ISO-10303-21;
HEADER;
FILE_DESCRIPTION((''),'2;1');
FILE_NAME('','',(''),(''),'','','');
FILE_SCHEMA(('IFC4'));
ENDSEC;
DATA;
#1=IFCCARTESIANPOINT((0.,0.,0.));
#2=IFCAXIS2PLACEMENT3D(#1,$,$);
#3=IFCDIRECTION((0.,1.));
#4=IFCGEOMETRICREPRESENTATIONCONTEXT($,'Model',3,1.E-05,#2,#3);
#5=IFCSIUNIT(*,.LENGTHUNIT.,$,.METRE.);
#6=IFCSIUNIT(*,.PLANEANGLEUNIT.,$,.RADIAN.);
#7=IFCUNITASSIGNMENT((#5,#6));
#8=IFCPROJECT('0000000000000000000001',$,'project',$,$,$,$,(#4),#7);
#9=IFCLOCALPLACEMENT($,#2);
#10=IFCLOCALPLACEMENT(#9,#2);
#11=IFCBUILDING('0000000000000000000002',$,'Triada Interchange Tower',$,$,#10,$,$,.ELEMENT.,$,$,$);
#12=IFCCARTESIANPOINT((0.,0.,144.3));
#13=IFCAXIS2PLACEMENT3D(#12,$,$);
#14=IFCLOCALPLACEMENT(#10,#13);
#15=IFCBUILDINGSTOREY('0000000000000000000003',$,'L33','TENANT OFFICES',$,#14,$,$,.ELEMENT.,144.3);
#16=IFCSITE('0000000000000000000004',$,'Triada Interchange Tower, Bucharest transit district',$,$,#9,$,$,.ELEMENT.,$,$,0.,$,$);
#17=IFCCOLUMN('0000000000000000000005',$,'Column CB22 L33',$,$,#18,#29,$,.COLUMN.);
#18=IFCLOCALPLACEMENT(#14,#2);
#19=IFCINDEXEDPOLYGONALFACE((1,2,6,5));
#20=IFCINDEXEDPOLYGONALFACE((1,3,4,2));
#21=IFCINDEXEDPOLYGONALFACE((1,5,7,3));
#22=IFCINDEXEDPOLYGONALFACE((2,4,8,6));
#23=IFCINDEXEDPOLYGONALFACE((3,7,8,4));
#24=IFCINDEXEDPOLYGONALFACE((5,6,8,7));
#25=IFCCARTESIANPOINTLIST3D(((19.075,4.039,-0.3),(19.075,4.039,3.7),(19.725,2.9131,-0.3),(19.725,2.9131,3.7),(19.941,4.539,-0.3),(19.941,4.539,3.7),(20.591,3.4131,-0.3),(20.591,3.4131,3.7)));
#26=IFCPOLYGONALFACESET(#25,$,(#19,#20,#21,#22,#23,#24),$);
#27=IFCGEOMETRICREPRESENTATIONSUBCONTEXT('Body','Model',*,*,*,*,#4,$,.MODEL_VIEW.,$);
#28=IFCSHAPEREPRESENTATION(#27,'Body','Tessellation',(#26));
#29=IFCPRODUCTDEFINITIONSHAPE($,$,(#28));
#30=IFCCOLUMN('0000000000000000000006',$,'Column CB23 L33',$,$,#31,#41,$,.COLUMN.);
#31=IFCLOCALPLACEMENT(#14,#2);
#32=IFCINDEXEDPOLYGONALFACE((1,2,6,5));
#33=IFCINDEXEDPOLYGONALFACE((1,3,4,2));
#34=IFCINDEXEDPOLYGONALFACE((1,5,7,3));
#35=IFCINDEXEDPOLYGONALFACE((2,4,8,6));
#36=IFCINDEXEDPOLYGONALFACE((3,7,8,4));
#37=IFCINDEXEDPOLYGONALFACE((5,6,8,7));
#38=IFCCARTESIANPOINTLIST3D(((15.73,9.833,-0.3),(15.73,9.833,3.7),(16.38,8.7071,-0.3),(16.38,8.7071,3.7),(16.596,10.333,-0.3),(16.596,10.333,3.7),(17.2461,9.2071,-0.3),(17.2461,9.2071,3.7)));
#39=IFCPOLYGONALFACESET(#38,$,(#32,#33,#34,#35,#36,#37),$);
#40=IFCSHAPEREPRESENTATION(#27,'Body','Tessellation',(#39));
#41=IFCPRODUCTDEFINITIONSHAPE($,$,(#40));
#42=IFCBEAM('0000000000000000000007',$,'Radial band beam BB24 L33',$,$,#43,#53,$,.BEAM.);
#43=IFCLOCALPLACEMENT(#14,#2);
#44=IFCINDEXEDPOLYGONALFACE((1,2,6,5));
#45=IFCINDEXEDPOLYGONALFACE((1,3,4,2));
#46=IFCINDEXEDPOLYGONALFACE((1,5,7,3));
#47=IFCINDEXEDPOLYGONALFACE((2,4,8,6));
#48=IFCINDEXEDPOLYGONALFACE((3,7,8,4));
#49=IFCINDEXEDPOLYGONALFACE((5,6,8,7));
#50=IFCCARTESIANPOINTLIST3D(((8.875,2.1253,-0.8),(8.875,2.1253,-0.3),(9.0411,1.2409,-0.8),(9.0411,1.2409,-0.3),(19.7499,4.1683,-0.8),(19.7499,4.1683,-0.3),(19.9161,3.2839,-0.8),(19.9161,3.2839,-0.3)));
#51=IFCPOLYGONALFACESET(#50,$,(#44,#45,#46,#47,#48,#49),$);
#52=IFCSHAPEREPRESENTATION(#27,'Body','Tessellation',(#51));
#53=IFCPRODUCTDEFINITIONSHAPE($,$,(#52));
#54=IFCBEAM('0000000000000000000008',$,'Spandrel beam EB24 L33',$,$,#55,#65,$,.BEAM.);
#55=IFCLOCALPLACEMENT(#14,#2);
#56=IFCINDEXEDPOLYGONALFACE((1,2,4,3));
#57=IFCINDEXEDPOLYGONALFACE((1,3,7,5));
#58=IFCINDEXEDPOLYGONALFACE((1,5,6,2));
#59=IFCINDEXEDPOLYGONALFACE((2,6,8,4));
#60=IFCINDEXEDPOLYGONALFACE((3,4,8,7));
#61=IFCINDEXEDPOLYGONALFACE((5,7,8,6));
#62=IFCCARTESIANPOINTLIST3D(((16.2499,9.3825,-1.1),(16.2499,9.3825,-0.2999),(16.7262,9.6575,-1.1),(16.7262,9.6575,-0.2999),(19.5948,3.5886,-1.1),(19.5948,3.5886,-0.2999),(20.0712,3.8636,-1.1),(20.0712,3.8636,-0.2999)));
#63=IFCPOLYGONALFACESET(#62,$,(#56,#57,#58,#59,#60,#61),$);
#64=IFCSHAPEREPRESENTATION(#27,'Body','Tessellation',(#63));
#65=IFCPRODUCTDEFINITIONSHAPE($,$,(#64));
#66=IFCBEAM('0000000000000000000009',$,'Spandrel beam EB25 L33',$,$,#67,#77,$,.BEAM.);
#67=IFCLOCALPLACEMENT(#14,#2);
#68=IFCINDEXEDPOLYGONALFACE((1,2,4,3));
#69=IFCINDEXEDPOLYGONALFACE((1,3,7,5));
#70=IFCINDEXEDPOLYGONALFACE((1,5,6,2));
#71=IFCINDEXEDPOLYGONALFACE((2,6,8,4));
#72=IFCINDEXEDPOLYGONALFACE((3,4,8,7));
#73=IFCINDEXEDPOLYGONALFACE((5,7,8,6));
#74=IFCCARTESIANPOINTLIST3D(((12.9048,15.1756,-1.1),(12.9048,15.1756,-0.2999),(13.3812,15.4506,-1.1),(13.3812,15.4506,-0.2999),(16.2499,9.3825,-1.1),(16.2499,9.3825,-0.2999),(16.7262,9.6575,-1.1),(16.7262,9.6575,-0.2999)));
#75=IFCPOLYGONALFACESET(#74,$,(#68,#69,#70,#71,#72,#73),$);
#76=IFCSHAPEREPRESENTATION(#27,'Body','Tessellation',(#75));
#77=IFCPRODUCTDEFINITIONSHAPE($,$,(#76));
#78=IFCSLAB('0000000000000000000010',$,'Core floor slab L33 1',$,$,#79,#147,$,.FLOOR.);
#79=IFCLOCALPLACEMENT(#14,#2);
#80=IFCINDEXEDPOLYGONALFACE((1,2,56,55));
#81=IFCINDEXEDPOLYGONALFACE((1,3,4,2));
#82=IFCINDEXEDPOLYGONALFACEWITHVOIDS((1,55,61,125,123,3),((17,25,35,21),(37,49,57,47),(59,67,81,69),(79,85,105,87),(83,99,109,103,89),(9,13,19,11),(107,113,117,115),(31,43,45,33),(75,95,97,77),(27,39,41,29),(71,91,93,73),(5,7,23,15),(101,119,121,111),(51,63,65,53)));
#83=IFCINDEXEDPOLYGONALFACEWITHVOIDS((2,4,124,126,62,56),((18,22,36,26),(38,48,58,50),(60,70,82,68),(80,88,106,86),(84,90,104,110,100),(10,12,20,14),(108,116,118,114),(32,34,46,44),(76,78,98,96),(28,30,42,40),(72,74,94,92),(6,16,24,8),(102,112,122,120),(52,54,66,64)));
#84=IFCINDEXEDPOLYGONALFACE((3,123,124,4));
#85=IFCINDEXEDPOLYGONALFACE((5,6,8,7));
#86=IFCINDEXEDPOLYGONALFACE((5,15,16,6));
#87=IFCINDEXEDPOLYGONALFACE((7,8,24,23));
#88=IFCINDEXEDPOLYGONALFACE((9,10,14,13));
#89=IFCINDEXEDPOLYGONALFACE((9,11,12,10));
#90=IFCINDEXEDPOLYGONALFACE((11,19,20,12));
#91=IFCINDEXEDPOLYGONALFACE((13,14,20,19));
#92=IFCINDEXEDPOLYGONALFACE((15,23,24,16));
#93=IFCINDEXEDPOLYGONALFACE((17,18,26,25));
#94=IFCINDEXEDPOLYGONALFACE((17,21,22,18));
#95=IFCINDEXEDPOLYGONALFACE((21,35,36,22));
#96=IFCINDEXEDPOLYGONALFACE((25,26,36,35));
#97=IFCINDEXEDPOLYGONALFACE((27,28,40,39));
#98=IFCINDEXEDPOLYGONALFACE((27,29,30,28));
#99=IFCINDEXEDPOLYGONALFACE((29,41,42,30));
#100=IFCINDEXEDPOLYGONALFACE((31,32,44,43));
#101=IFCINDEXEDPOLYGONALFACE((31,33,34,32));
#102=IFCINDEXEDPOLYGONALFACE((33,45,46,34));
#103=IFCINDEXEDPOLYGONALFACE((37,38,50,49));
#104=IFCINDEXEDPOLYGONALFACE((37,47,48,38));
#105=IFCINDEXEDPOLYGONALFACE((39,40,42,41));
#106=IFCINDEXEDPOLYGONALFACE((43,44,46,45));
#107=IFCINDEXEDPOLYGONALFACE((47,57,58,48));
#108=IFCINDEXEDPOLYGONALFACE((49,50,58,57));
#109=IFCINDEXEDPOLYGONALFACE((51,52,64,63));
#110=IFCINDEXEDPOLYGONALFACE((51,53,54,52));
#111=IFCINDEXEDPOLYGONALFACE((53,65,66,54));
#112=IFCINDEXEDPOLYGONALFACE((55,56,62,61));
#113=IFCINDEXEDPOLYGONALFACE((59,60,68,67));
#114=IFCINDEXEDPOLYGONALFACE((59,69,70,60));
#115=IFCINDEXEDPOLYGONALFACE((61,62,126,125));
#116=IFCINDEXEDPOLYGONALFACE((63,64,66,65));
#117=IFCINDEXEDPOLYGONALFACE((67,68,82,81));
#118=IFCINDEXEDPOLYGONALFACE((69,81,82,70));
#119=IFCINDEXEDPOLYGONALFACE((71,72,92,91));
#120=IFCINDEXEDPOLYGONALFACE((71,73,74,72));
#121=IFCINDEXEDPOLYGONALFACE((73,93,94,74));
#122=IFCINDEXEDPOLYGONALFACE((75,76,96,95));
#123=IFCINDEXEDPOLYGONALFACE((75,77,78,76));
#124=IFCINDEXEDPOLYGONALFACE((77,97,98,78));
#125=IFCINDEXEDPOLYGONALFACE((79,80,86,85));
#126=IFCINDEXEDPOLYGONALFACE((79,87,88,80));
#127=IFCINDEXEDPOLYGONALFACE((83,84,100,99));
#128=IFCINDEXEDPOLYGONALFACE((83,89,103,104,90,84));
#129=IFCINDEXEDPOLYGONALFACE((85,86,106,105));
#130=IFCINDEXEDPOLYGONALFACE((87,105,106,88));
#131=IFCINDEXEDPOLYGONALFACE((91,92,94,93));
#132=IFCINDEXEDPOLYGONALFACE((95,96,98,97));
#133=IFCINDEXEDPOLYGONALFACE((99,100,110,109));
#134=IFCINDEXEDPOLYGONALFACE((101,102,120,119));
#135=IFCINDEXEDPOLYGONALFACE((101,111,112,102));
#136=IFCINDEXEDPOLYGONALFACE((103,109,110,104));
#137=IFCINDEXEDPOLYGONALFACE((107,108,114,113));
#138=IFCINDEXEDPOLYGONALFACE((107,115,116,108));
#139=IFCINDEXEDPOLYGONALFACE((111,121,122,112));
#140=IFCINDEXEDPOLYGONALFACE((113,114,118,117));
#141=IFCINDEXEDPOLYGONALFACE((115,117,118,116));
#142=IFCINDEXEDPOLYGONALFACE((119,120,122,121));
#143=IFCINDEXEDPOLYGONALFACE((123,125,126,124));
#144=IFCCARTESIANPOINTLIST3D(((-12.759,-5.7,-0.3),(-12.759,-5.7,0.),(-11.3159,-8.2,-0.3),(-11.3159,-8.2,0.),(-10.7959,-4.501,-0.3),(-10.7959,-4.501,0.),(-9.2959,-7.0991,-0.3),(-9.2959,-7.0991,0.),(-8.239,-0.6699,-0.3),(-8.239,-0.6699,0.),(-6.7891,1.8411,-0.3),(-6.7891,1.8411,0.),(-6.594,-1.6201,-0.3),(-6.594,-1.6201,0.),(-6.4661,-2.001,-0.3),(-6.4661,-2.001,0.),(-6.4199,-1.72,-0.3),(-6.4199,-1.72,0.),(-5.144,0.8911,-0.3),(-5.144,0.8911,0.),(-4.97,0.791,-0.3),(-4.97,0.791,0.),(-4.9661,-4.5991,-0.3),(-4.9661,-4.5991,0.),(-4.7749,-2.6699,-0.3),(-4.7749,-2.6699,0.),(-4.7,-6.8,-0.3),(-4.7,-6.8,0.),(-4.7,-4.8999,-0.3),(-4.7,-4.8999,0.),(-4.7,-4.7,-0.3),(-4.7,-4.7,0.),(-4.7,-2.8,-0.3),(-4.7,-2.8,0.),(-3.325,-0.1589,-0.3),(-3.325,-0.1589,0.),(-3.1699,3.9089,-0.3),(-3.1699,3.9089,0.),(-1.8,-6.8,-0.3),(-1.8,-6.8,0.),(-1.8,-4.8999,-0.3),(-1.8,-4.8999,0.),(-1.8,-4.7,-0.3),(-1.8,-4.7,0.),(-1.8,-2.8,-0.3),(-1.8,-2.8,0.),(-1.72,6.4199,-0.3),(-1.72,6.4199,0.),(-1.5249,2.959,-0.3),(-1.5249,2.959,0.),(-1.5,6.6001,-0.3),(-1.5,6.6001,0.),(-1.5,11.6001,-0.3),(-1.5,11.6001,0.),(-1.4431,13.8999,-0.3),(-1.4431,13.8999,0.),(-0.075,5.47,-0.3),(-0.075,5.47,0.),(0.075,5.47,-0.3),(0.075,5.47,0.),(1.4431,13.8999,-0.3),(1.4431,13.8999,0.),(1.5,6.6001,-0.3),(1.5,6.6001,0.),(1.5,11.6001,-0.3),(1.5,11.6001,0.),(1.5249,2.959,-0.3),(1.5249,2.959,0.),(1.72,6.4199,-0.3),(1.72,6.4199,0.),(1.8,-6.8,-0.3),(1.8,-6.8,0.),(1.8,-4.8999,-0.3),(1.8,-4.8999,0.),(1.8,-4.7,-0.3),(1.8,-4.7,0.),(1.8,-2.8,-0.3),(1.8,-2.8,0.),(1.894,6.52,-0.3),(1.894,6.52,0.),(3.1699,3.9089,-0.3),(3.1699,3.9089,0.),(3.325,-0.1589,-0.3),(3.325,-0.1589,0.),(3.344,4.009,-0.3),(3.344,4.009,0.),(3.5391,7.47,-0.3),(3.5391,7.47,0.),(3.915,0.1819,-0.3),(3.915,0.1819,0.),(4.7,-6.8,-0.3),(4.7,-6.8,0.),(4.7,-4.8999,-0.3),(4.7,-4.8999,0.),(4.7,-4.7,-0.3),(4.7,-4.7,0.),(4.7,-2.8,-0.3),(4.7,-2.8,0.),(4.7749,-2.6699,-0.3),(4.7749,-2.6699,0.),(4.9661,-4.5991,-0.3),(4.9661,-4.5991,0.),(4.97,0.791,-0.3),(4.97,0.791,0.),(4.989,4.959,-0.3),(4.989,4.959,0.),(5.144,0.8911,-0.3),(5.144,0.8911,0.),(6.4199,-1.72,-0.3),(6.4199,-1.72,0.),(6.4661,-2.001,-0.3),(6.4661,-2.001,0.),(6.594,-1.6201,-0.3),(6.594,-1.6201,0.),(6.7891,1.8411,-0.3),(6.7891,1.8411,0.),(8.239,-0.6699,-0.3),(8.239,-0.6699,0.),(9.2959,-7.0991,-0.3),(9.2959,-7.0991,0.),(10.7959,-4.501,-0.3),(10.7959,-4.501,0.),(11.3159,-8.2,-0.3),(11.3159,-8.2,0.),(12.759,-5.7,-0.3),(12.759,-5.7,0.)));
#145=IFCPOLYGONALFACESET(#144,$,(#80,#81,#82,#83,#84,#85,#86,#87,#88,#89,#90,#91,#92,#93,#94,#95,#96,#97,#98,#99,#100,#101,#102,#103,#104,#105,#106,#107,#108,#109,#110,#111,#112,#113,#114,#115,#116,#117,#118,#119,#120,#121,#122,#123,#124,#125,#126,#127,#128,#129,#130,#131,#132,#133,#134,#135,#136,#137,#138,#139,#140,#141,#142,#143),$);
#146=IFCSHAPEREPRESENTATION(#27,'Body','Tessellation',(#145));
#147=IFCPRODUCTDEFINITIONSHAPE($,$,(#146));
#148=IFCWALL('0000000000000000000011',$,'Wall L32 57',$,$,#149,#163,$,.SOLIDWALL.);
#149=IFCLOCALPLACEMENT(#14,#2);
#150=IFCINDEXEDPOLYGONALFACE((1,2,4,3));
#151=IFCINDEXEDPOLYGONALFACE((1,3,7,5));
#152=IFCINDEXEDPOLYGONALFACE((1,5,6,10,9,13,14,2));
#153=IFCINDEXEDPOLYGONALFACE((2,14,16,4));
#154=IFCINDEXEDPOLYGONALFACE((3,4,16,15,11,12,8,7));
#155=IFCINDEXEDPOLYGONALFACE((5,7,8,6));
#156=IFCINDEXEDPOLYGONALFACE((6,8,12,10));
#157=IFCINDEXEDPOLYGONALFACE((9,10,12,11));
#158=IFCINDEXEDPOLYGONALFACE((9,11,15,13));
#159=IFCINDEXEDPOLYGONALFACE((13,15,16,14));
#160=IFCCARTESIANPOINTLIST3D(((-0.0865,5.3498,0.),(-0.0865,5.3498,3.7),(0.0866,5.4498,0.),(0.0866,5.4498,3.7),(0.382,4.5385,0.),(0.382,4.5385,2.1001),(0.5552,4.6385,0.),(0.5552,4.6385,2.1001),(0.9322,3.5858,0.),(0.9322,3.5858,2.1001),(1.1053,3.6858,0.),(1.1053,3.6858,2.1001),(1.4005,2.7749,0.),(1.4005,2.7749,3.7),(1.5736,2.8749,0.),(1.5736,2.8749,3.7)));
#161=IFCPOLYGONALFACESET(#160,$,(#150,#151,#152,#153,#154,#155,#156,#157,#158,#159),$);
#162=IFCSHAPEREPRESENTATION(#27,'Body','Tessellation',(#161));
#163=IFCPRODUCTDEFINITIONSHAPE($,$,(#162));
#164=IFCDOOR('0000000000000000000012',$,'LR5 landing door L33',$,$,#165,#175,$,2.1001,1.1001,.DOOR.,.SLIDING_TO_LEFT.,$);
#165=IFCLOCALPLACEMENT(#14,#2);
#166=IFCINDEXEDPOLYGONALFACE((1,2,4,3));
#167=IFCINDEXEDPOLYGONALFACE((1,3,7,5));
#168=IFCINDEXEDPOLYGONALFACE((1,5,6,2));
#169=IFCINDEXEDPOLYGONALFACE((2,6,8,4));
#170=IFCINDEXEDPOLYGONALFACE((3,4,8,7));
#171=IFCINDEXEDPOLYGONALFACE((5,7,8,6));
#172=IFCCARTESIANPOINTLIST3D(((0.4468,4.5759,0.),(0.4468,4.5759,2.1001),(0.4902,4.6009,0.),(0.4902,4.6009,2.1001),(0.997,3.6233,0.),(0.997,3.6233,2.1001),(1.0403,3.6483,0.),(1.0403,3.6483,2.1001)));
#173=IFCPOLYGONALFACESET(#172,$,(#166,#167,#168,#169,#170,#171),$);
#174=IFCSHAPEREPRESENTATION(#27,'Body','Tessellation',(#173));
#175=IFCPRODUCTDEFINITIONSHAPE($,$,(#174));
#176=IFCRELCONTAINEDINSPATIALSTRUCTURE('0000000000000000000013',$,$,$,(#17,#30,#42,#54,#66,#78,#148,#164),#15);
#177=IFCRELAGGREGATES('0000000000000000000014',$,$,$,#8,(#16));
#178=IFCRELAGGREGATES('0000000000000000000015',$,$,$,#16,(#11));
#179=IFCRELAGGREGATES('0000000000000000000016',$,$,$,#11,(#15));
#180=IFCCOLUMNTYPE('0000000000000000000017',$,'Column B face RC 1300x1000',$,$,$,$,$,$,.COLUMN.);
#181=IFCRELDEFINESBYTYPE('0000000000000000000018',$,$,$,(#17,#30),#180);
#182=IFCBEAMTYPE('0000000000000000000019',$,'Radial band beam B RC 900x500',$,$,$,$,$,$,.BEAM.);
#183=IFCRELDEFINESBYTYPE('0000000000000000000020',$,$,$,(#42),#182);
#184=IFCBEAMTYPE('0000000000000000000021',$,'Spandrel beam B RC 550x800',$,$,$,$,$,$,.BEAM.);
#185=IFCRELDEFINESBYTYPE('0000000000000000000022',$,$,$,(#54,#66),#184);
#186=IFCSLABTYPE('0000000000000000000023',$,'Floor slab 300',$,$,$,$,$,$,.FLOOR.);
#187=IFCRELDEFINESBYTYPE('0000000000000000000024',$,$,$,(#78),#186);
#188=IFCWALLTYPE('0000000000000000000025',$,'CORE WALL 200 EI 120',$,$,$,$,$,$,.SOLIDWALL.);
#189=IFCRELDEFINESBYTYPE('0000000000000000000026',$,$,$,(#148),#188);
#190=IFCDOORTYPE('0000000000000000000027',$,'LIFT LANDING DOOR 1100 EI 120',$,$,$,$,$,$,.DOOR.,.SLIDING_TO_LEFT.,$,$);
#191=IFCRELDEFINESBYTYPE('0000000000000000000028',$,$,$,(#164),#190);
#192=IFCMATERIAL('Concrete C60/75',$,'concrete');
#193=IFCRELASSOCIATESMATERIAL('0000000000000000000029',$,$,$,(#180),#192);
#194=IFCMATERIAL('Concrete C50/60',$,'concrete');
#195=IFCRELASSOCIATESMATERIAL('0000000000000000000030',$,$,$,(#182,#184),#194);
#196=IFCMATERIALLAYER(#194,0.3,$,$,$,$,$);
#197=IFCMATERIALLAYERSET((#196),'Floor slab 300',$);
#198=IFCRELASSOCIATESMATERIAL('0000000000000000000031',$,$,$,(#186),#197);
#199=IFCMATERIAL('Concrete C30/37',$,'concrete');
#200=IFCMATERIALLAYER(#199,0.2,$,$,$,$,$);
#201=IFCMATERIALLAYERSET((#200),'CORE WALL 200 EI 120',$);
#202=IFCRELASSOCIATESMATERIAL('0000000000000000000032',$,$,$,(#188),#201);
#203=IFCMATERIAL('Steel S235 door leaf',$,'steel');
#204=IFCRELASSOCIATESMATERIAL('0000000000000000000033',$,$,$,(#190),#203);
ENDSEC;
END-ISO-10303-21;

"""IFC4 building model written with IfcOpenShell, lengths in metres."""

from ifc_helpers import new_model, si_unit, direction, frame, frame_2d, origin, origin_2d, place, context, subcontext, project, spatial, polyline, rectangle, outline, extrude, material, layer, layer_set, material_profile, profile_set, type_object, element, fill, save


model = new_model("IFC4")

# Units and contexts
model_context = context("Model", 3, precision=1e-05, world=origin(), true_north=direction((0.0, 1.0)))
body_context = subcontext(model_context, "Body", "Model", "MODEL_VIEW")
ifc_project = project(units=[si_unit("LENGTHUNIT", "METRE"), si_unit("PLANEANGLEUNIT", "RADIAN")], contexts=[model_context])

# Site, building, storey
site_placement = place(None, origin())
site = spatial("IfcSite", under=ifc_project, at=site_placement, Name="Triada Interchange Tower, Bucharest transit district", CompositionType="ELEMENT", RefElevation=0.0)
building_placement = place(site_placement, origin())
building = spatial("IfcBuilding", under=site, at=building_placement, Name="Triada Interchange Tower", CompositionType="ELEMENT")
storey_placement = place(building_placement, frame((0.0, 0.0, 144.3)))
storey = spatial("IfcBuildingStorey", under=building, at=storey_placement, Name="L33", Description="TENANT OFFICES", CompositionType="ELEMENT", Elevation=144.3)

# Columns
ifc_material_1 = material(Name="Concrete C60/75", Category="concrete")
ifc_material_profile_1 = material_profile(ifc_material_1, rectangle(XDim=1.3, YDim=1.0, at=origin_2d()), Name="RC 1300x1000")
ifc_profile_set_1 = profile_set([ifc_material_profile_1], Name="Concrete C60/75")
column_type = type_object("IfcColumnType", Name="Column B face RC 1300x1000", PredefinedType="COLUMN", material=ifc_profile_set_1)
for number, where, z_axis, x_axis, name in (
    (1, (19.833, 3.7261, -0.3), (0.0, 0.0, 1.0), (-0.5, 0.866025, 0.0), "Column CB22 L33"),
    (2, (16.488, 9.52, -0.3), (0.0, 0.0, 1.0), (-0.5, 0.866025, 0.0), "Column CB23 L33"),
):
    element("IfcColumn", number, at=place(storey_placement, frame(where, z_axis=z_axis, x_axis=x_axis)), inside=storey, type_object=column_type, Name=name, PredefinedType="COLUMN", context=body_context, shape_type="SweptSolid", body=[
        extrude(rectangle(XDim=1.3, YDim=1.0, at=origin_2d()), origin(), (0.0, 0.0, 1.0), 4.0),
    ])

# Beams
ifc_material_2 = material(Name="Concrete C50/60", Category="concrete")
ifc_material_profile_2 = material_profile(ifc_material_2, rectangle(XDim=0.8999, YDim=0.5, at=origin_2d()), Name="RC 900x500")
ifc_profile_set_2 = profile_set([ifc_material_profile_2], Name="Concrete C50/60")
beam_type_1 = type_object("IfcBeamType", Name="Radial band beam B RC 900x500", PredefinedType="BEAM", material=ifc_profile_set_2)
beam_1_placement = place(storey_placement, frame((19.833, 3.7261, -0.55), z_axis=(-0.982808, -0.18463, 0.0), x_axis=(0.18463, -0.982808, 0.0)))
element("IfcBeam", 3, at=beam_1_placement, inside=storey, type_object=beam_type_1, Name="Radial band beam BB24 L33", PredefinedType="BEAM", context=body_context, shape_type="SweptSolid", body=[
    extrude(rectangle(XDim=0.8999, YDim=0.5, at=origin_2d()), origin(), (0.0, 0.0, 1.0), 11.0652),
])
ifc_material_profile_3 = material_profile(ifc_material_2, rectangle(XDim=0.55, YDim=0.8, at=origin_2d()), Name="RC 550x800")
ifc_profile_set_3 = profile_set([ifc_material_profile_3], Name="Concrete C50/60")
beam_type_2 = type_object("IfcBeamType", Name="Spandrel beam B RC 550x800", PredefinedType="BEAM", material=ifc_profile_set_3)
beam_2_placement = place(storey_placement, frame((19.833, 3.7261, -0.7), z_axis=(-0.499981, 0.866036, 0.0), x_axis=(-0.866036, -0.499981, 0.0)))
element("IfcBeam", 4, at=beam_2_placement, inside=storey, type_object=beam_type_2, Name="Spandrel beam EB24 L33", PredefinedType="BEAM", context=body_context, shape_type="SweptSolid", body=[
    extrude(rectangle(XDim=0.55, YDim=0.8, at=origin_2d()), origin(), (0.0, 0.0, 1.0), 6.6902),
])
beam_3_placement = place(storey_placement, frame((16.488, 9.52, -0.7), z_axis=(-0.500045, 0.866, 0.0), x_axis=(-0.866, -0.500045, 0.0)))
element("IfcBeam", 5, at=beam_3_placement, inside=storey, type_object=beam_type_2, Name="Spandrel beam EB25 L33", PredefinedType="BEAM", context=body_context, shape_type="SweptSolid", body=[
    extrude(rectangle(XDim=0.55, YDim=0.8, at=origin_2d()), origin(), (0.0, 0.0, 1.0), 6.6895),
])

# Slab
ifc_layer_1 = layer(ifc_material_2, 0.3)
ifc_layer_set_1 = layer_set([ifc_layer_1], Name="Floor slab 300")
slab_type = type_object("IfcSlabType", Name="Floor slab 300", PredefinedType="FLOOR", material=ifc_layer_set_1)
slab_placement = place(storey_placement, frame((0.0, 0.0, -0.3)))
element("IfcSlab", 6, at=slab_placement, inside=storey, type_object=slab_type, Name="Core floor slab L33 1", PredefinedType="FLOOR", context=body_context, shape_type="SweptSolid", body=[
    extrude(outline(polyline([(12.759, -5.7), (11.3159, -8.2), (-11.3159, -8.2), (-12.759, -5.7), (-1.4431, 13.8999), (1.4431, 13.8999), (12.759, -5.7)]), holes=[polyline([(9.2959, -7.0991), (10.7959, -4.501), (6.4661, -2.001), (4.9661, -4.5991), (9.2959, -7.0991)]), polyline([(6.7891, 1.8411), (5.144, 0.8911), (6.594, -1.6201), (8.239, -0.6699), (6.7891, 1.8411)]), polyline([(4.7749, -2.6699), (6.4199, -1.72), (4.97, 0.791), (3.915, 0.1819), (3.325, -0.1589), (4.7749, -2.6699)]), polyline([(1.894, 6.52), (3.344, 4.009), (4.989, 4.959), (3.5391, 7.47), (1.894, 6.52)]), polyline([(4.7, -6.8), (4.7, -4.8999), (1.8, -4.8999), (1.8, -6.8), (4.7, -6.8)]), polyline([(4.7, -2.8), (1.8, -2.8), (1.8, -4.7), (4.7, -4.7), (4.7, -2.8)]), polyline([(0.075, 5.47), (1.5249, 2.959), (3.1699, 3.9089), (1.72, 6.4199), (0.075, 5.47)]), polyline([(1.5, 11.6001), (-1.5, 11.6001), (-1.5, 6.6001), (1.5, 6.6001), (1.5, 11.6001)]), polyline([(-1.5249, 2.959), (-0.075, 5.47), (-1.72, 6.4199), (-3.1699, 3.9089), (-1.5249, 2.959)]), polyline([(-1.8, -2.8), (-4.7, -2.8), (-4.7, -4.7), (-1.8, -4.7), (-1.8, -2.8)]), polyline([(-4.7, -6.8), (-1.8, -6.8), (-1.8, -4.8999), (-4.7, -4.8999), (-4.7, -6.8)]), polyline([(-4.7749, -2.6699), (-3.325, -0.1589), (-4.97, 0.791), (-6.4199, -1.72), (-4.7749, -2.6699)]), polyline([(-10.7959, -4.501), (-9.2959, -7.0991), (-4.9661, -4.5991), (-6.4661, -2.001), (-10.7959, -4.501)]), polyline([(-6.594, -1.6201), (-5.144, 0.8911), (-6.7891, 1.8411), (-8.239, -0.6699), (-6.594, -1.6201)])]), origin(), (0.0, 0.0, 1.0), 0.3),
])

# Wall, opening, door
ifc_material_3 = material(Name="Concrete C30/37", Category="concrete")
ifc_layer_2 = layer(ifc_material_3, 0.2)
ifc_layer_set_2 = layer_set([ifc_layer_2], Name="CORE WALL 200 EI 120")
wall_type_1 = type_object("IfcWallType", Name="CORE WALL 200 EI 120", PredefinedType="SOLIDWALL", material=ifc_layer_set_2)
wall_1_placement = place(storey_placement, frame((0.0, 5.3999, 0.0), z_axis=(0.0, 0.0, 1.0), x_axis=(0.500104, -0.865965, 0.0)))
wall_1 = element("IfcWall", 7, at=wall_1_placement, inside=storey, type_object=wall_type_1, Name="Wall L32 57", PredefinedType="SOLIDWALL", context=body_context, shape_type="SweptSolid", body=[
    extrude(rectangle(XDim=2.9734, YDim=0.2, at=frame_2d((1.4868, 0.0))), origin(), (0.0, 0.0, 1.0), 3.7),
])
opening_1_placement = place(wall_1_placement, frame((0.937, 0.0, 0.0)))
opening_1 = element("IfcOpeningElement", 8, at=opening_1_placement, cuts=wall_1, PredefinedType="OPENING", context=body_context, shape_type="SweptSolid", body=[
    extrude(rectangle(XDim=1.1001, YDim=2.1001, at=frame_2d((0.55, 1.05))), frame((0.0, 0.1099, 0.0), z_axis=(0.0, -1.0, 0.0), x_axis=(1.0, 0.0, 0.0)), (0.0, 0.0, 1.0), 0.22),
])
ifc_material_4 = material(Name="Steel S235 door leaf", Category="steel")
door_type = type_object("IfcDoorType", Name="LIFT LANDING DOOR 1100 EI 120", OperationType="SLIDING_TO_LEFT", PredefinedType="DOOR", material=ifc_material_4)
door_1_placement = place(opening_1_placement, origin())
door_1 = element("IfcDoor", 9, at=door_1_placement, inside=storey, type_object=door_type, Name="LR5 landing door L33", OperationType="SLIDING_TO_LEFT", OverallHeight=2.1001, OverallWidth=1.1001, PredefinedType="DOOR", context=body_context, shape_type="SweptSolid", body=[
    extrude(rectangle(XDim=1.1001, YDim=2.1001, at=frame_2d((0.55, 1.05))), frame((0.0, 0.0249, 0.0), z_axis=(0.0, -1.0, 0.0), x_axis=(1.0, 0.0, 0.0)), (0.0, 0.0, 1.0), 0.05),
])
fill(opening_1, door_1)

save(model, "model.ifc")
